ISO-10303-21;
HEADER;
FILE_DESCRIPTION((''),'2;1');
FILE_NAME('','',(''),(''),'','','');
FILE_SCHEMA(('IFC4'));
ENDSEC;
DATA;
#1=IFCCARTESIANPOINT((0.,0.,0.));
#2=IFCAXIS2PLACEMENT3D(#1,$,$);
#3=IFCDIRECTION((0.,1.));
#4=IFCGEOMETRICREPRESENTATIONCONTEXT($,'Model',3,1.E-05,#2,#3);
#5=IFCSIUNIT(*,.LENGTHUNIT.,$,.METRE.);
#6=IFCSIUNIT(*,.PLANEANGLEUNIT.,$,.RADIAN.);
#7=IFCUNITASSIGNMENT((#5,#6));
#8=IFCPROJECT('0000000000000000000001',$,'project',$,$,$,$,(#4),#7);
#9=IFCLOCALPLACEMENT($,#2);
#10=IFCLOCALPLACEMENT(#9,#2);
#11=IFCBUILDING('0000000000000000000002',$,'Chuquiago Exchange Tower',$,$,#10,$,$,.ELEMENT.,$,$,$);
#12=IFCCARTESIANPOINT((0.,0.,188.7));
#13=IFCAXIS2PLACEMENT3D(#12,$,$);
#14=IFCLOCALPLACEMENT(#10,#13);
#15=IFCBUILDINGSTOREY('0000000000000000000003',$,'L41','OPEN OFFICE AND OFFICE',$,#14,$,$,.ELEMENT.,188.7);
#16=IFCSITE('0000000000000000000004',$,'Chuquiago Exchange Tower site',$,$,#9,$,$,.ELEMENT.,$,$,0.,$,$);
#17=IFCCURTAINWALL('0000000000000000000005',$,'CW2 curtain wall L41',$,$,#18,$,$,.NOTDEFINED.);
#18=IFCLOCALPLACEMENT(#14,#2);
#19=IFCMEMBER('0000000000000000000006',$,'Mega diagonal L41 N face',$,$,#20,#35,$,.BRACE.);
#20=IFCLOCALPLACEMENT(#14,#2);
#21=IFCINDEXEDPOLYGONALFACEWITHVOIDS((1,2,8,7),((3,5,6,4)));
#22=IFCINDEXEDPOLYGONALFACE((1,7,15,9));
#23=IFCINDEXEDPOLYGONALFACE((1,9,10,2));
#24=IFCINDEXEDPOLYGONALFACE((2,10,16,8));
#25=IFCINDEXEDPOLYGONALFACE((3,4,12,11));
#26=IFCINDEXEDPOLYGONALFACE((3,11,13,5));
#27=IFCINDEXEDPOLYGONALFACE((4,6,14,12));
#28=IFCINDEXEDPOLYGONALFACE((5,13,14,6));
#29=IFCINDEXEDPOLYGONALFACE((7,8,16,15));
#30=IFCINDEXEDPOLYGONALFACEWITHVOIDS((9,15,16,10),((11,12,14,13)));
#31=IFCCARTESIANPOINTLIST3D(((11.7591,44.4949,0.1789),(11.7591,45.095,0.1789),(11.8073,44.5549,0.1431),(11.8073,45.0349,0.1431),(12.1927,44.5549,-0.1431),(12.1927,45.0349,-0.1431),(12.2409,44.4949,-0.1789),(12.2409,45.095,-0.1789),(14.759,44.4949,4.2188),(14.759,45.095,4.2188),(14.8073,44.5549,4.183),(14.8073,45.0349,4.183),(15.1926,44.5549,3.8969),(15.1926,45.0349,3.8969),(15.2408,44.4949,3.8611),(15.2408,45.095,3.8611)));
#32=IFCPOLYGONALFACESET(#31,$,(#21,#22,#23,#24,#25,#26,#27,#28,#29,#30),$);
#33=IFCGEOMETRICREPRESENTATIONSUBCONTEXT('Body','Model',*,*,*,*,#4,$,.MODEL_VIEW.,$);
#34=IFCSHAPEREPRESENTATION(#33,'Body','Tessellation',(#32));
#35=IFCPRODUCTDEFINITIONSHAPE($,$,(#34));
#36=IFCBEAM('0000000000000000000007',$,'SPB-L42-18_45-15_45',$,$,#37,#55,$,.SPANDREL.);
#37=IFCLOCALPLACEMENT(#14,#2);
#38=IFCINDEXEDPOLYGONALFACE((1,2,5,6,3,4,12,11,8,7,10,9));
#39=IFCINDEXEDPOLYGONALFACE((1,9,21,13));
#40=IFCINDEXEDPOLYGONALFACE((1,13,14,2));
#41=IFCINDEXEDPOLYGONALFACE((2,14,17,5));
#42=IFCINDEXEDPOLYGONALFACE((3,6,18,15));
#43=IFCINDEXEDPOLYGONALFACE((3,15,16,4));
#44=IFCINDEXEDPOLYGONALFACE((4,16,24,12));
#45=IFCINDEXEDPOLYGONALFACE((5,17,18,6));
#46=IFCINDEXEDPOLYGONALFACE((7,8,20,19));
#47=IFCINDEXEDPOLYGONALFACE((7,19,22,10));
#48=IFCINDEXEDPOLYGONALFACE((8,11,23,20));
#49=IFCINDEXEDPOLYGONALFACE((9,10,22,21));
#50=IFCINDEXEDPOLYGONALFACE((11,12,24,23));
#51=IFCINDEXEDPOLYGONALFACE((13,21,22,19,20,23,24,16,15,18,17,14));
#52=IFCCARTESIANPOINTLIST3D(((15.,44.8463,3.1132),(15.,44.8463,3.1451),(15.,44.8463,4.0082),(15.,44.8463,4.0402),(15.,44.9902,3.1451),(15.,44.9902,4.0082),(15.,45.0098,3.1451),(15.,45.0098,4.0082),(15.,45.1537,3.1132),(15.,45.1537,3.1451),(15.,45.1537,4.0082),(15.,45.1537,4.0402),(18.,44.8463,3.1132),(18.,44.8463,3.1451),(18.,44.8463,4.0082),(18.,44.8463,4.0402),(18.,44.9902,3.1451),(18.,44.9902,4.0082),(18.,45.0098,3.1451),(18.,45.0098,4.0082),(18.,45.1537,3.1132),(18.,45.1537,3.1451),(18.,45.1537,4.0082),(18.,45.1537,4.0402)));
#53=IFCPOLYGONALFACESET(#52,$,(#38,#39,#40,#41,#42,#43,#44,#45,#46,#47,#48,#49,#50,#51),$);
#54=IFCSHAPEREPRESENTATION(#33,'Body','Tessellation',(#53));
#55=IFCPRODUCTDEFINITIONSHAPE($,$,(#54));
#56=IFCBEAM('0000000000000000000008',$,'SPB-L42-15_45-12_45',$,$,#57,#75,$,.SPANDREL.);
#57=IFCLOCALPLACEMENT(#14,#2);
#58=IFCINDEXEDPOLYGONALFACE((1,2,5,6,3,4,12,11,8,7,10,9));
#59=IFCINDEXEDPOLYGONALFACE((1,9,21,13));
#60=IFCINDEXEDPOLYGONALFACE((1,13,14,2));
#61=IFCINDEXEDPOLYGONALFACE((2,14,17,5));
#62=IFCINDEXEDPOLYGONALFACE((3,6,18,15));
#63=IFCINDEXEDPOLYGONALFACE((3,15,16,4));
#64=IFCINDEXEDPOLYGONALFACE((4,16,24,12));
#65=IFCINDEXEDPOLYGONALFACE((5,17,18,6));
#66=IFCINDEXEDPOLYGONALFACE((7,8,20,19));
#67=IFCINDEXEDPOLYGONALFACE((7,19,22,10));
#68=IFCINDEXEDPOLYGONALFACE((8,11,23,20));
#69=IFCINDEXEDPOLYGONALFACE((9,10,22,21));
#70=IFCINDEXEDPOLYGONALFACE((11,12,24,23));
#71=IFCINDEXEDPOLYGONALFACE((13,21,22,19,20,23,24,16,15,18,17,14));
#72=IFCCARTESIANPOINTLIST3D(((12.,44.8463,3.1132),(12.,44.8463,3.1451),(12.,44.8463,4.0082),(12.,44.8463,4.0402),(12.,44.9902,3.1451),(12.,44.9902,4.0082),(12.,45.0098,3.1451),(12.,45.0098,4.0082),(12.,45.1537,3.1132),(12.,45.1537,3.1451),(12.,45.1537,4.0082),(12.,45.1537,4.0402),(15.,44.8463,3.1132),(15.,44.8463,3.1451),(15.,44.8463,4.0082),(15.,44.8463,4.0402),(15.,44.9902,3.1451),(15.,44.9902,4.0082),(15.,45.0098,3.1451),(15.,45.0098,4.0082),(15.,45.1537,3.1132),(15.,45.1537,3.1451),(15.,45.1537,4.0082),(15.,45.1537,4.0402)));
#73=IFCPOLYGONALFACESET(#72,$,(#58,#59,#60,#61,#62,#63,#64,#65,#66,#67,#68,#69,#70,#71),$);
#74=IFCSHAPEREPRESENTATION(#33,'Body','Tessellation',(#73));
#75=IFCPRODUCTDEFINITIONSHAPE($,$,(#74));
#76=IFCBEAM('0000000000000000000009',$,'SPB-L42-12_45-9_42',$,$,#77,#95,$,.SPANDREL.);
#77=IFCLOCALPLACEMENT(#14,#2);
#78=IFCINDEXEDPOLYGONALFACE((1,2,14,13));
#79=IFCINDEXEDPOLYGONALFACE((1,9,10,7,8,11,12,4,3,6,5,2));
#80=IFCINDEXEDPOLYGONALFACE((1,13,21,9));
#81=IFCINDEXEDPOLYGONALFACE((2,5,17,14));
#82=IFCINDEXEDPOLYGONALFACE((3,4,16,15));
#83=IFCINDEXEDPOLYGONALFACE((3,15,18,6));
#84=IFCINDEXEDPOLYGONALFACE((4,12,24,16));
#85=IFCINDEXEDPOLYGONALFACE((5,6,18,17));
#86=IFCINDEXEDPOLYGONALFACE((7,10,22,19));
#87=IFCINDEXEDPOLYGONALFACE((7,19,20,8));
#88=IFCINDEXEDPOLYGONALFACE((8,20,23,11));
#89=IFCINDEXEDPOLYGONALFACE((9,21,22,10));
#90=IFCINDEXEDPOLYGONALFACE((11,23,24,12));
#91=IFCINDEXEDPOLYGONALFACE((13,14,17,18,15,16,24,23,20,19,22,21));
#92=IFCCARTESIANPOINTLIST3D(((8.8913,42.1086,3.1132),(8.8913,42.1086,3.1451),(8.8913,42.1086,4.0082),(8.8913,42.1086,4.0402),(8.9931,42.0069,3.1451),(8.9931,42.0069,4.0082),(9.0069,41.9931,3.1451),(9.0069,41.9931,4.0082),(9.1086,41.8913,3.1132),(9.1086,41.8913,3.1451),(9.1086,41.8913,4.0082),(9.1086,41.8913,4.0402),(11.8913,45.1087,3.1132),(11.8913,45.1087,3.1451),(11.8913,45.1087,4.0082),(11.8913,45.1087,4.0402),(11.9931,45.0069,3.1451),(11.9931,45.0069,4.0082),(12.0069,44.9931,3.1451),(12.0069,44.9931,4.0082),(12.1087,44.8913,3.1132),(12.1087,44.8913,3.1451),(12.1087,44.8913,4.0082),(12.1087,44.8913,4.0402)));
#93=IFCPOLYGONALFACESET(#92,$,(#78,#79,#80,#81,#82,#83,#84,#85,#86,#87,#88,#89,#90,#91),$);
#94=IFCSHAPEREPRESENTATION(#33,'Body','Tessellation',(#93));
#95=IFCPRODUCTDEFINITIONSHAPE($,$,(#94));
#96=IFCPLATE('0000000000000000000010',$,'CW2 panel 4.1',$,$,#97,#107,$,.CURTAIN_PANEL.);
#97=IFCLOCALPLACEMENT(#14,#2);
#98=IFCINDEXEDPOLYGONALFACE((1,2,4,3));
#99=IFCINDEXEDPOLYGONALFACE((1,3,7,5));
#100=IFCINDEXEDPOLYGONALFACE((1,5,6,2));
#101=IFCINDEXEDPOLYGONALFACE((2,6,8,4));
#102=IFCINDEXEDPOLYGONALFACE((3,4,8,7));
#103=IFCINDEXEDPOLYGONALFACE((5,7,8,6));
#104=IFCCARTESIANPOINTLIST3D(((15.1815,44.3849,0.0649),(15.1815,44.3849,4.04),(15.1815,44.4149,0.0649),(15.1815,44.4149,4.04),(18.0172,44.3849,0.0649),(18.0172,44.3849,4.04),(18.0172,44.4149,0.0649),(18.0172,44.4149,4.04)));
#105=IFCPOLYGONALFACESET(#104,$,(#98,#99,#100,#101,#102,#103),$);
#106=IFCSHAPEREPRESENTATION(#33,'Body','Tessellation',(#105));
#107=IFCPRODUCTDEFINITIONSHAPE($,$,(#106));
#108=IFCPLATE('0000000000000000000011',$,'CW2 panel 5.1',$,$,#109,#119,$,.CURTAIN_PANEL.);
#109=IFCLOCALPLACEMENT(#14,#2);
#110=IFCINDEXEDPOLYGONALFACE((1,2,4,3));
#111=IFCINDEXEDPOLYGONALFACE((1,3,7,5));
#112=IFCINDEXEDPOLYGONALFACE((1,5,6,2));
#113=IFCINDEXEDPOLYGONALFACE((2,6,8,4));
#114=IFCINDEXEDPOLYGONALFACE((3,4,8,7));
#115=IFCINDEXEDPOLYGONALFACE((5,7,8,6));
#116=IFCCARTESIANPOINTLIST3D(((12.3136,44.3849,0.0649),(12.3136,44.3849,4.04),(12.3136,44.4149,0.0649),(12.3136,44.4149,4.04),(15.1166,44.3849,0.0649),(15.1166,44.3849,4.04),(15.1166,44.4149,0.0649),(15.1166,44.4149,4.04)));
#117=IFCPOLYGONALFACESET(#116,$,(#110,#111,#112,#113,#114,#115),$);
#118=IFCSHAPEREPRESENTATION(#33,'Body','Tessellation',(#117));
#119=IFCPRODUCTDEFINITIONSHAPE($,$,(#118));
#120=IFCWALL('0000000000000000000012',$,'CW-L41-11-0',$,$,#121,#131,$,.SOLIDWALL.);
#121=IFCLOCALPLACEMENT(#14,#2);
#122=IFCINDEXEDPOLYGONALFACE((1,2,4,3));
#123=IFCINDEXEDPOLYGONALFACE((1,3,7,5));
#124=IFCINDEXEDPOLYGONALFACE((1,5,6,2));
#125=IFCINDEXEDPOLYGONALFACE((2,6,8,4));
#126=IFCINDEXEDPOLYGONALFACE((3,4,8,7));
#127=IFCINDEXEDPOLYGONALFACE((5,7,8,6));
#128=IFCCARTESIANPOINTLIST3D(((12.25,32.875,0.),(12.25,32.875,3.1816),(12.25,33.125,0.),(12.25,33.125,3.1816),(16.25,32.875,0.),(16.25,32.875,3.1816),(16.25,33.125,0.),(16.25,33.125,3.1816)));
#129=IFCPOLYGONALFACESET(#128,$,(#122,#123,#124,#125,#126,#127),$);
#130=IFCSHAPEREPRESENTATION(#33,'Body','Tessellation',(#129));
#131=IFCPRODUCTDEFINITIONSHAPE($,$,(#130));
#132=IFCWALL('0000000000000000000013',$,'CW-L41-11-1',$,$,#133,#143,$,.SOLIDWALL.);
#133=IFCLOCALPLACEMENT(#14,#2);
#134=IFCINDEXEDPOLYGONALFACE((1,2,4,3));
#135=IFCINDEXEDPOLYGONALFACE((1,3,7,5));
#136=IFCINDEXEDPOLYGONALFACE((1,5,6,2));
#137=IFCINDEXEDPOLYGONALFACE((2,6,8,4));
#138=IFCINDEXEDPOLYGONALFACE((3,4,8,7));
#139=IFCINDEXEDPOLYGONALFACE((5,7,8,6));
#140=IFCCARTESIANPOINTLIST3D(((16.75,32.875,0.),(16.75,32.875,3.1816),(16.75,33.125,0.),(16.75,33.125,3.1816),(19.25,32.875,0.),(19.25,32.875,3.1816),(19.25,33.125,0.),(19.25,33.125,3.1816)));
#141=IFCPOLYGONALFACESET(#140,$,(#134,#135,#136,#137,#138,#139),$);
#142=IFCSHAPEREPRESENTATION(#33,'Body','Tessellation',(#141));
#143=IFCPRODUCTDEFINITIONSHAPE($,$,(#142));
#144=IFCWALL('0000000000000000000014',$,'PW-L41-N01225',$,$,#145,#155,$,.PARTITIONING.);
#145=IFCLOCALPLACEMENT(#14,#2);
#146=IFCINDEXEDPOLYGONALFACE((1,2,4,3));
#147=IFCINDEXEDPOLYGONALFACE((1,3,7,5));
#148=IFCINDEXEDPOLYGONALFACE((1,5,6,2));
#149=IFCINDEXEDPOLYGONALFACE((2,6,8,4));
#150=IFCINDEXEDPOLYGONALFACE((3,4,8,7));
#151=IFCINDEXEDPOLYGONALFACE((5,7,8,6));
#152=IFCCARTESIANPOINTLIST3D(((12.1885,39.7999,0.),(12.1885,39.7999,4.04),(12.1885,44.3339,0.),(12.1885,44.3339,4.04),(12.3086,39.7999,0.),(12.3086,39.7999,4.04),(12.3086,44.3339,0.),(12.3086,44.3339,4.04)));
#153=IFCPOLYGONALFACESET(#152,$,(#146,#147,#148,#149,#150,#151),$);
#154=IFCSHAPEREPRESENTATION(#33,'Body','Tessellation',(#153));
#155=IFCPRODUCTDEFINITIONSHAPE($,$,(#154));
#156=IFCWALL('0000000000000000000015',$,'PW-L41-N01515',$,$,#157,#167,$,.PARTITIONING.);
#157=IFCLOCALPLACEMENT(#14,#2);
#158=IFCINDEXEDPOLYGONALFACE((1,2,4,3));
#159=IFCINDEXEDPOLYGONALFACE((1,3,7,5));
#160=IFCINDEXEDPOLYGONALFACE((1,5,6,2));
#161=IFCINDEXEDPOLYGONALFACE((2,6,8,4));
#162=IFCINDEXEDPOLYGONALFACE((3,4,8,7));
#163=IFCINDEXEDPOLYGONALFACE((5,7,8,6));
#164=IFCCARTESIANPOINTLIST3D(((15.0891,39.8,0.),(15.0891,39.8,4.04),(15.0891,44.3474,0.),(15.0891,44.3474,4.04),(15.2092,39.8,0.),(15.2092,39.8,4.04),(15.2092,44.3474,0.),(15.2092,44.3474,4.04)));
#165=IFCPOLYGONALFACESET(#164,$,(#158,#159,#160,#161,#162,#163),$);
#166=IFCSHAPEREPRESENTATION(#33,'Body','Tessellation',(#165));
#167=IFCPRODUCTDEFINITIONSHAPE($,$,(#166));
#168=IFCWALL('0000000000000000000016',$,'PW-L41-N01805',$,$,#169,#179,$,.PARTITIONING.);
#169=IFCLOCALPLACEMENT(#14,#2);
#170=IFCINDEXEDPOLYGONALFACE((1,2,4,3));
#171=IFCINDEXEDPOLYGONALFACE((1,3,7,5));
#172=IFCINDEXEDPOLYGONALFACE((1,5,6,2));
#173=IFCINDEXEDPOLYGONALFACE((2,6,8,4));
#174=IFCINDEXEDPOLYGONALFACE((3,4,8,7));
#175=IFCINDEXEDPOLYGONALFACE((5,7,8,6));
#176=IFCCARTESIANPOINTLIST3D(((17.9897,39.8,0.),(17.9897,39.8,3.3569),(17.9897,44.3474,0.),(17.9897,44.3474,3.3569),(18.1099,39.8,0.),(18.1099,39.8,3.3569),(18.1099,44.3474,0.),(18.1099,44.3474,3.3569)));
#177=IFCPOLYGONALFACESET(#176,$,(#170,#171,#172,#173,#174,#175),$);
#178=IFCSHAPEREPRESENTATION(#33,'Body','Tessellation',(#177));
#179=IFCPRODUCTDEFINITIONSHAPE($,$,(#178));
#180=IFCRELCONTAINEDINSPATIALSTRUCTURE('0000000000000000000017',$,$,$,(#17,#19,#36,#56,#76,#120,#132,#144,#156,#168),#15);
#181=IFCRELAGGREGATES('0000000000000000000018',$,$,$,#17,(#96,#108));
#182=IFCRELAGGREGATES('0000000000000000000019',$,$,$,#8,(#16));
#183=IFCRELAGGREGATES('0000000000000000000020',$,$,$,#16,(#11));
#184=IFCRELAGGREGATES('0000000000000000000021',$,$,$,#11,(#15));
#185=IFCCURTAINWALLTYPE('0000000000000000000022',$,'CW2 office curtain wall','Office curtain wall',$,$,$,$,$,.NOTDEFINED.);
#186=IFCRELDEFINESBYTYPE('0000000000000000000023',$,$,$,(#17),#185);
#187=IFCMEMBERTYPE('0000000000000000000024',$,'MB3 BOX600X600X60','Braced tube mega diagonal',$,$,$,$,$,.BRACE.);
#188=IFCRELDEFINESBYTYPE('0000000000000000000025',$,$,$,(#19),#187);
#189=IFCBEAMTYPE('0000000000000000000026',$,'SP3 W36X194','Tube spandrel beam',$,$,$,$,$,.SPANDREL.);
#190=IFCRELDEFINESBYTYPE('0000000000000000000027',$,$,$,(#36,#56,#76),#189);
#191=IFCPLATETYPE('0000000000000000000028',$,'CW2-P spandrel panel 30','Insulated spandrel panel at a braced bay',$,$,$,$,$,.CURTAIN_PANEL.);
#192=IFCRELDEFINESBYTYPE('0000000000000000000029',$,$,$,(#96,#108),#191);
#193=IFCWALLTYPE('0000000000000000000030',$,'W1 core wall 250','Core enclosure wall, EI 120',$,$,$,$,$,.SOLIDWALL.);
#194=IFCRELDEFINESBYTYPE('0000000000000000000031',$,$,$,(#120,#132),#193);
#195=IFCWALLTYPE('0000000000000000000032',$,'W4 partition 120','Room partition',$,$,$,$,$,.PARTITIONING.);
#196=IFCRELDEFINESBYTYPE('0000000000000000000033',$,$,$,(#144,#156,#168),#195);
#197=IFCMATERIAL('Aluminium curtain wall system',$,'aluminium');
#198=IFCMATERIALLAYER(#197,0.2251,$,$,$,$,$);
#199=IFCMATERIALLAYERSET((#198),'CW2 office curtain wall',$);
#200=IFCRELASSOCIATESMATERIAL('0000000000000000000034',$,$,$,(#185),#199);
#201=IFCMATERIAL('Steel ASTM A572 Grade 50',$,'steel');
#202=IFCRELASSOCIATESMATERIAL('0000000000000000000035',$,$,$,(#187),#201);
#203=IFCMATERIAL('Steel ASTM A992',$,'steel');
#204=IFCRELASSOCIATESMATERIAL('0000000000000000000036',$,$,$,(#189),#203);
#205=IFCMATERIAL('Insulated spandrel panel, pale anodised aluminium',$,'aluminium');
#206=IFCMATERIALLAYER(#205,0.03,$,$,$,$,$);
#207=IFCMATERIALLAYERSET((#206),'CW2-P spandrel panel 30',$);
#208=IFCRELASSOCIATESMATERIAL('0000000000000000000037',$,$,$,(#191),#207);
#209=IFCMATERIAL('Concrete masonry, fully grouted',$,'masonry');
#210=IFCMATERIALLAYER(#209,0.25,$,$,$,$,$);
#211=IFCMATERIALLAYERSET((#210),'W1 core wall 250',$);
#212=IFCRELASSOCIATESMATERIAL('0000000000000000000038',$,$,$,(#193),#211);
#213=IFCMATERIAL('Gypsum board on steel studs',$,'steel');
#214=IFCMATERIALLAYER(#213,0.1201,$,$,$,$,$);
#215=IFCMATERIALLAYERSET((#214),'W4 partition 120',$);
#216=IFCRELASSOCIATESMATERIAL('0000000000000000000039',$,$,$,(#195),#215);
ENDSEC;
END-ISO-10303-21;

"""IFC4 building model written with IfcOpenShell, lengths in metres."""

from ifc_helpers import new_model, si_unit, direction, frame, frame_2d, origin, origin_2d, place, context, subcontext, project, spatial, rectangle, hollow_rectangle, i_section, extrude, material, layer, layer_set, material_profile, profile_set, type_object, element, aggregate, save


model = new_model("IFC4")

# Units and contexts
model_context = context("Model", 3, precision=1e-05, world=origin(), true_north=direction((0.0, 1.0)))
body_context = subcontext(model_context, "Body", "Model", "MODEL_VIEW")
ifc_project = project(units=[si_unit("LENGTHUNIT", "METRE"), si_unit("PLANEANGLEUNIT", "RADIAN")], contexts=[model_context])

# Site, building, storey
site_placement = place(None, origin())
site = spatial("IfcSite", under=ifc_project, at=site_placement, Name="Chuquiago Exchange Tower site", CompositionType="ELEMENT", RefElevation=0.0)
building_placement = place(site_placement, origin())
building = spatial("IfcBuilding", under=site, at=building_placement, Name="Chuquiago Exchange Tower", CompositionType="ELEMENT")
storey_placement = place(building_placement, frame((0.0, 0.0, 188.7)))
storey = spatial("IfcBuildingStorey", under=building, at=storey_placement, Name="L41", Description="OPEN OFFICE AND OFFICE", CompositionType="ELEMENT", Elevation=188.7)

# Curtain wall
ifc_material_1 = material(Name="Aluminium curtain wall system", Category="aluminium")
ifc_layer_1 = layer(ifc_material_1, 0.2251)
ifc_layer_set_1 = layer_set([ifc_layer_1], Name="CW2 office curtain wall")
curtain_wall_type_1 = type_object("IfcCurtainWallType", Name="CW2 office curtain wall", Description="Office curtain wall", PredefinedType="NOTDEFINED", material=ifc_layer_set_1)
curtain_wall_1_placement = place(storey_placement, origin())
curtain_wall_1 = element("IfcCurtainWall", 1, at=curtain_wall_1_placement, inside=storey, type_object=curtain_wall_type_1, Name="CW2 curtain wall L41", PredefinedType="NOTDEFINED")

# Member
ifc_material_2 = material(Name="Steel ASTM A572 Grade 50", Category="steel")
ifc_material_profile_1 = material_profile(ifc_material_2, hollow_rectangle(XDim=0.6001, YDim=0.6001, WallThickness=0.0601, at=origin_2d()), Name="BOX600X600X60")
ifc_profile_set_1 = profile_set([ifc_material_profile_1], Name="Steel ASTM A572 Grade 50")
member_type_1 = type_object("IfcMemberType", Name="MB3 BOX600X600X60", Description="Braced tube mega diagonal", PredefinedType="BRACE", material=ifc_profile_set_1)
for number, where, z_axis, x_axis, name in (
    (2, (12.0, 44.7949, 0.0), (0.596174, 0.0, 0.802855), (0.0, 1.0, 0.0), "Mega diagonal L41 N face"),
):
    element("IfcMember", number, at=place(storey_placement, frame(where, z_axis=z_axis, x_axis=x_axis)), inside=storey, type_object=member_type_1, Name=name, PredefinedType="BRACE", context=body_context, shape_type="SweptSolid", body=[
        extrude(hollow_rectangle(XDim=0.6001, YDim=0.6001, WallThickness=0.0601, at=origin_2d()), origin(), (0.0, 0.0, 1.0), 5.032),
    ])

# Beams
ifc_material_3 = material(Name="Steel ASTM A992", Category="steel")
ifc_material_profile_2 = material_profile(ifc_material_3, i_section(OverallWidth=0.3074, OverallDepth=0.927, WebThickness=0.0195, FlangeThickness=0.032, at=origin_2d()), Name="W36X194")
ifc_profile_set_2 = profile_set([ifc_material_profile_2], Name="Steel ASTM A992")
beam_type_1 = type_object("IfcBeamType", Name="SP3 W36X194", Description="Tube spandrel beam", PredefinedType="SPANDREL", material=ifc_profile_set_2)
for number, where, z_axis, x_axis, name in (
    (3, (18.0, 45.0, 3.5767), (-1.0, 0.0, 0.0), (0.0, -1.0, 0.0), "SPB-L42-18_45-15_45"),
    (4, (15.0, 45.0, 3.5767), (-1.0, 0.0, 0.0), (0.0, -1.0, 0.0), "SPB-L42-15_45-12_45"),
):
    element("IfcBeam", number, at=place(storey_placement, frame(where, z_axis=z_axis, x_axis=x_axis)), inside=storey, type_object=beam_type_1, Name=name, PredefinedType="SPANDREL", context=body_context, shape_type="SweptSolid", body=[
        extrude(i_section(OverallWidth=0.3074, OverallDepth=0.927, WebThickness=0.0195, FlangeThickness=0.032, at=origin_2d()), origin(), (0.0, 0.0, 1.0), 3.0),
    ])
beam_1_placement = place(storey_placement, frame((12.0, 45.0, 3.5767), z_axis=(-0.707107, -0.707107, 0.0), x_axis=(0.707107, -0.707107, 0.0)))
element("IfcBeam", 5, at=beam_1_placement, inside=storey, type_object=beam_type_1, Name="SPB-L42-12_45-9_42", PredefinedType="SPANDREL", context=body_context, shape_type="SweptSolid", body=[
    extrude(i_section(OverallWidth=0.3074, OverallDepth=0.927, WebThickness=0.0195, FlangeThickness=0.032, at=origin_2d()), origin(), (0.0, 0.0, 1.0), 4.2427),
])

# Plates
ifc_material_4 = material(Name="Insulated spandrel panel, pale anodised aluminium", Category="aluminium")
ifc_layer_2 = layer(ifc_material_4, 0.03)
ifc_layer_set_2 = layer_set([ifc_layer_2], Name="CW2-P spandrel panel 30")
plate_type = type_object("IfcPlateType", Name="CW2-P spandrel panel 30", Description="Insulated spandrel panel at a braced bay", PredefinedType="CURTAIN_PANEL", material=ifc_layer_set_2)
plate_1_placement = place(storey_placement, frame((16.5994, 44.3999, 0.0649), z_axis=(0.0, 0.0, 1.0), x_axis=(-1.0, 0.0, 0.0)))
plate_1 = element("IfcPlate", 6, at=plate_1_placement, type_object=plate_type, Name="CW2 panel 4.1", PredefinedType="CURTAIN_PANEL", context=body_context, shape_type="SweptSolid", body=[
    extrude(rectangle(XDim=2.8357, YDim=0.03, at=origin_2d()), origin(), (0.0, 0.0, 1.0), 3.9751),
])
plate_2_placement = place(storey_placement, frame((13.7151, 44.3999, 0.0649), z_axis=(0.0, 0.0, 1.0), x_axis=(-1.0, 0.0, 0.0)))
plate_2 = element("IfcPlate", 7, at=plate_2_placement, type_object=plate_type, Name="CW2 panel 5.1", PredefinedType="CURTAIN_PANEL", context=body_context, shape_type="SweptSolid", body=[
    extrude(rectangle(XDim=2.803, YDim=0.03, at=origin_2d()), origin(), (0.0, 0.0, 1.0), 3.9751),
])
aggregate(curtain_wall_1, [plate_1, plate_2])

# Walls
ifc_material_5 = material(Name="Concrete masonry, fully grouted", Category="masonry")
ifc_layer_3 = layer(ifc_material_5, 0.25)
ifc_layer_set_3 = layer_set([ifc_layer_3], Name="W1 core wall 250")
wall_type_1 = type_object("IfcWallType", Name="W1 core wall 250", Description="Core enclosure wall, EI 120", PredefinedType="SOLIDWALL", material=ifc_layer_set_3)
wall_1_placement = place(storey_placement, frame((12.25, 33.0, 0.0), z_axis=(0.0, 0.0, 1.0), x_axis=(1.0, 0.0, 0.0)))
element("IfcWall", 8, at=wall_1_placement, inside=storey, type_object=wall_type_1, Name="CW-L41-11-0", PredefinedType="SOLIDWALL", context=body_context, shape_type="SweptSolid", body=[
    extrude(rectangle(XDim=4.0, YDim=0.25, at=frame_2d((2.0, 0.0))), origin(), (0.0, 0.0, 1.0), 3.1816),
])
wall_2_placement = place(storey_placement, frame((16.75, 33.0, 0.0), z_axis=(0.0, 0.0, 1.0), x_axis=(1.0, 0.0, 0.0)))
element("IfcWall", 9, at=wall_2_placement, inside=storey, type_object=wall_type_1, Name="CW-L41-11-1", PredefinedType="SOLIDWALL", context=body_context, shape_type="SweptSolid", body=[
    extrude(rectangle(XDim=2.5, YDim=0.25, at=frame_2d((1.25, 0.0))), origin(), (0.0, 0.0, 1.0), 3.1816),
])
ifc_material_6 = material(Name="Gypsum board on steel studs", Category="steel")
ifc_layer_4 = layer(ifc_material_6, 0.1201)
ifc_layer_set_4 = layer_set([ifc_layer_4], Name="W4 partition 120")
wall_type_2 = type_object("IfcWallType", Name="W4 partition 120", Description="Room partition", PredefinedType="PARTITIONING", material=ifc_layer_set_4)
wall_3_placement = place(storey_placement, frame((12.2485, 44.334, 0.0), z_axis=(0.0, 0.0, 1.0), x_axis=(0.0, -1.0, 0.0)))
element("IfcWall", 10, at=wall_3_placement, inside=storey, type_object=wall_type_2, Name="PW-L41-N01225", PredefinedType="PARTITIONING", context=body_context, shape_type="SweptSolid", body=[
    extrude(rectangle(XDim=4.5339, YDim=0.1201, at=frame_2d((2.2671, 0.0))), origin(), (0.0, 0.0, 1.0), 4.04),
])
wall_4_placement = place(storey_placement, frame((15.1492, 44.3474, 0.0), z_axis=(0.0, 0.0, 1.0), x_axis=(0.0, -1.0, 0.0)))
element("IfcWall", 11, at=wall_4_placement, inside=storey, type_object=wall_type_2, Name="PW-L41-N01515", PredefinedType="PARTITIONING", context=body_context, shape_type="SweptSolid", body=[
    extrude(rectangle(XDim=4.5474, YDim=0.1201, at=frame_2d((2.2737, 0.0))), origin(), (0.0, 0.0, 1.0), 4.04),
])
wall_5_placement = place(storey_placement, frame((18.0498, 44.3474, 0.0), z_axis=(0.0, 0.0, 1.0), x_axis=(0.0, -1.0, 0.0)))
element("IfcWall", 12, at=wall_5_placement, inside=storey, type_object=wall_type_2, Name="PW-L41-N01805", PredefinedType="PARTITIONING", context=body_context, shape_type="SweptSolid", body=[
    extrude(rectangle(XDim=4.5474, YDim=0.1201, at=frame_2d((2.2737, 0.0))), origin(), (0.0, 0.0, 1.0), 3.3569),
])

save(model, "model.ifc")
